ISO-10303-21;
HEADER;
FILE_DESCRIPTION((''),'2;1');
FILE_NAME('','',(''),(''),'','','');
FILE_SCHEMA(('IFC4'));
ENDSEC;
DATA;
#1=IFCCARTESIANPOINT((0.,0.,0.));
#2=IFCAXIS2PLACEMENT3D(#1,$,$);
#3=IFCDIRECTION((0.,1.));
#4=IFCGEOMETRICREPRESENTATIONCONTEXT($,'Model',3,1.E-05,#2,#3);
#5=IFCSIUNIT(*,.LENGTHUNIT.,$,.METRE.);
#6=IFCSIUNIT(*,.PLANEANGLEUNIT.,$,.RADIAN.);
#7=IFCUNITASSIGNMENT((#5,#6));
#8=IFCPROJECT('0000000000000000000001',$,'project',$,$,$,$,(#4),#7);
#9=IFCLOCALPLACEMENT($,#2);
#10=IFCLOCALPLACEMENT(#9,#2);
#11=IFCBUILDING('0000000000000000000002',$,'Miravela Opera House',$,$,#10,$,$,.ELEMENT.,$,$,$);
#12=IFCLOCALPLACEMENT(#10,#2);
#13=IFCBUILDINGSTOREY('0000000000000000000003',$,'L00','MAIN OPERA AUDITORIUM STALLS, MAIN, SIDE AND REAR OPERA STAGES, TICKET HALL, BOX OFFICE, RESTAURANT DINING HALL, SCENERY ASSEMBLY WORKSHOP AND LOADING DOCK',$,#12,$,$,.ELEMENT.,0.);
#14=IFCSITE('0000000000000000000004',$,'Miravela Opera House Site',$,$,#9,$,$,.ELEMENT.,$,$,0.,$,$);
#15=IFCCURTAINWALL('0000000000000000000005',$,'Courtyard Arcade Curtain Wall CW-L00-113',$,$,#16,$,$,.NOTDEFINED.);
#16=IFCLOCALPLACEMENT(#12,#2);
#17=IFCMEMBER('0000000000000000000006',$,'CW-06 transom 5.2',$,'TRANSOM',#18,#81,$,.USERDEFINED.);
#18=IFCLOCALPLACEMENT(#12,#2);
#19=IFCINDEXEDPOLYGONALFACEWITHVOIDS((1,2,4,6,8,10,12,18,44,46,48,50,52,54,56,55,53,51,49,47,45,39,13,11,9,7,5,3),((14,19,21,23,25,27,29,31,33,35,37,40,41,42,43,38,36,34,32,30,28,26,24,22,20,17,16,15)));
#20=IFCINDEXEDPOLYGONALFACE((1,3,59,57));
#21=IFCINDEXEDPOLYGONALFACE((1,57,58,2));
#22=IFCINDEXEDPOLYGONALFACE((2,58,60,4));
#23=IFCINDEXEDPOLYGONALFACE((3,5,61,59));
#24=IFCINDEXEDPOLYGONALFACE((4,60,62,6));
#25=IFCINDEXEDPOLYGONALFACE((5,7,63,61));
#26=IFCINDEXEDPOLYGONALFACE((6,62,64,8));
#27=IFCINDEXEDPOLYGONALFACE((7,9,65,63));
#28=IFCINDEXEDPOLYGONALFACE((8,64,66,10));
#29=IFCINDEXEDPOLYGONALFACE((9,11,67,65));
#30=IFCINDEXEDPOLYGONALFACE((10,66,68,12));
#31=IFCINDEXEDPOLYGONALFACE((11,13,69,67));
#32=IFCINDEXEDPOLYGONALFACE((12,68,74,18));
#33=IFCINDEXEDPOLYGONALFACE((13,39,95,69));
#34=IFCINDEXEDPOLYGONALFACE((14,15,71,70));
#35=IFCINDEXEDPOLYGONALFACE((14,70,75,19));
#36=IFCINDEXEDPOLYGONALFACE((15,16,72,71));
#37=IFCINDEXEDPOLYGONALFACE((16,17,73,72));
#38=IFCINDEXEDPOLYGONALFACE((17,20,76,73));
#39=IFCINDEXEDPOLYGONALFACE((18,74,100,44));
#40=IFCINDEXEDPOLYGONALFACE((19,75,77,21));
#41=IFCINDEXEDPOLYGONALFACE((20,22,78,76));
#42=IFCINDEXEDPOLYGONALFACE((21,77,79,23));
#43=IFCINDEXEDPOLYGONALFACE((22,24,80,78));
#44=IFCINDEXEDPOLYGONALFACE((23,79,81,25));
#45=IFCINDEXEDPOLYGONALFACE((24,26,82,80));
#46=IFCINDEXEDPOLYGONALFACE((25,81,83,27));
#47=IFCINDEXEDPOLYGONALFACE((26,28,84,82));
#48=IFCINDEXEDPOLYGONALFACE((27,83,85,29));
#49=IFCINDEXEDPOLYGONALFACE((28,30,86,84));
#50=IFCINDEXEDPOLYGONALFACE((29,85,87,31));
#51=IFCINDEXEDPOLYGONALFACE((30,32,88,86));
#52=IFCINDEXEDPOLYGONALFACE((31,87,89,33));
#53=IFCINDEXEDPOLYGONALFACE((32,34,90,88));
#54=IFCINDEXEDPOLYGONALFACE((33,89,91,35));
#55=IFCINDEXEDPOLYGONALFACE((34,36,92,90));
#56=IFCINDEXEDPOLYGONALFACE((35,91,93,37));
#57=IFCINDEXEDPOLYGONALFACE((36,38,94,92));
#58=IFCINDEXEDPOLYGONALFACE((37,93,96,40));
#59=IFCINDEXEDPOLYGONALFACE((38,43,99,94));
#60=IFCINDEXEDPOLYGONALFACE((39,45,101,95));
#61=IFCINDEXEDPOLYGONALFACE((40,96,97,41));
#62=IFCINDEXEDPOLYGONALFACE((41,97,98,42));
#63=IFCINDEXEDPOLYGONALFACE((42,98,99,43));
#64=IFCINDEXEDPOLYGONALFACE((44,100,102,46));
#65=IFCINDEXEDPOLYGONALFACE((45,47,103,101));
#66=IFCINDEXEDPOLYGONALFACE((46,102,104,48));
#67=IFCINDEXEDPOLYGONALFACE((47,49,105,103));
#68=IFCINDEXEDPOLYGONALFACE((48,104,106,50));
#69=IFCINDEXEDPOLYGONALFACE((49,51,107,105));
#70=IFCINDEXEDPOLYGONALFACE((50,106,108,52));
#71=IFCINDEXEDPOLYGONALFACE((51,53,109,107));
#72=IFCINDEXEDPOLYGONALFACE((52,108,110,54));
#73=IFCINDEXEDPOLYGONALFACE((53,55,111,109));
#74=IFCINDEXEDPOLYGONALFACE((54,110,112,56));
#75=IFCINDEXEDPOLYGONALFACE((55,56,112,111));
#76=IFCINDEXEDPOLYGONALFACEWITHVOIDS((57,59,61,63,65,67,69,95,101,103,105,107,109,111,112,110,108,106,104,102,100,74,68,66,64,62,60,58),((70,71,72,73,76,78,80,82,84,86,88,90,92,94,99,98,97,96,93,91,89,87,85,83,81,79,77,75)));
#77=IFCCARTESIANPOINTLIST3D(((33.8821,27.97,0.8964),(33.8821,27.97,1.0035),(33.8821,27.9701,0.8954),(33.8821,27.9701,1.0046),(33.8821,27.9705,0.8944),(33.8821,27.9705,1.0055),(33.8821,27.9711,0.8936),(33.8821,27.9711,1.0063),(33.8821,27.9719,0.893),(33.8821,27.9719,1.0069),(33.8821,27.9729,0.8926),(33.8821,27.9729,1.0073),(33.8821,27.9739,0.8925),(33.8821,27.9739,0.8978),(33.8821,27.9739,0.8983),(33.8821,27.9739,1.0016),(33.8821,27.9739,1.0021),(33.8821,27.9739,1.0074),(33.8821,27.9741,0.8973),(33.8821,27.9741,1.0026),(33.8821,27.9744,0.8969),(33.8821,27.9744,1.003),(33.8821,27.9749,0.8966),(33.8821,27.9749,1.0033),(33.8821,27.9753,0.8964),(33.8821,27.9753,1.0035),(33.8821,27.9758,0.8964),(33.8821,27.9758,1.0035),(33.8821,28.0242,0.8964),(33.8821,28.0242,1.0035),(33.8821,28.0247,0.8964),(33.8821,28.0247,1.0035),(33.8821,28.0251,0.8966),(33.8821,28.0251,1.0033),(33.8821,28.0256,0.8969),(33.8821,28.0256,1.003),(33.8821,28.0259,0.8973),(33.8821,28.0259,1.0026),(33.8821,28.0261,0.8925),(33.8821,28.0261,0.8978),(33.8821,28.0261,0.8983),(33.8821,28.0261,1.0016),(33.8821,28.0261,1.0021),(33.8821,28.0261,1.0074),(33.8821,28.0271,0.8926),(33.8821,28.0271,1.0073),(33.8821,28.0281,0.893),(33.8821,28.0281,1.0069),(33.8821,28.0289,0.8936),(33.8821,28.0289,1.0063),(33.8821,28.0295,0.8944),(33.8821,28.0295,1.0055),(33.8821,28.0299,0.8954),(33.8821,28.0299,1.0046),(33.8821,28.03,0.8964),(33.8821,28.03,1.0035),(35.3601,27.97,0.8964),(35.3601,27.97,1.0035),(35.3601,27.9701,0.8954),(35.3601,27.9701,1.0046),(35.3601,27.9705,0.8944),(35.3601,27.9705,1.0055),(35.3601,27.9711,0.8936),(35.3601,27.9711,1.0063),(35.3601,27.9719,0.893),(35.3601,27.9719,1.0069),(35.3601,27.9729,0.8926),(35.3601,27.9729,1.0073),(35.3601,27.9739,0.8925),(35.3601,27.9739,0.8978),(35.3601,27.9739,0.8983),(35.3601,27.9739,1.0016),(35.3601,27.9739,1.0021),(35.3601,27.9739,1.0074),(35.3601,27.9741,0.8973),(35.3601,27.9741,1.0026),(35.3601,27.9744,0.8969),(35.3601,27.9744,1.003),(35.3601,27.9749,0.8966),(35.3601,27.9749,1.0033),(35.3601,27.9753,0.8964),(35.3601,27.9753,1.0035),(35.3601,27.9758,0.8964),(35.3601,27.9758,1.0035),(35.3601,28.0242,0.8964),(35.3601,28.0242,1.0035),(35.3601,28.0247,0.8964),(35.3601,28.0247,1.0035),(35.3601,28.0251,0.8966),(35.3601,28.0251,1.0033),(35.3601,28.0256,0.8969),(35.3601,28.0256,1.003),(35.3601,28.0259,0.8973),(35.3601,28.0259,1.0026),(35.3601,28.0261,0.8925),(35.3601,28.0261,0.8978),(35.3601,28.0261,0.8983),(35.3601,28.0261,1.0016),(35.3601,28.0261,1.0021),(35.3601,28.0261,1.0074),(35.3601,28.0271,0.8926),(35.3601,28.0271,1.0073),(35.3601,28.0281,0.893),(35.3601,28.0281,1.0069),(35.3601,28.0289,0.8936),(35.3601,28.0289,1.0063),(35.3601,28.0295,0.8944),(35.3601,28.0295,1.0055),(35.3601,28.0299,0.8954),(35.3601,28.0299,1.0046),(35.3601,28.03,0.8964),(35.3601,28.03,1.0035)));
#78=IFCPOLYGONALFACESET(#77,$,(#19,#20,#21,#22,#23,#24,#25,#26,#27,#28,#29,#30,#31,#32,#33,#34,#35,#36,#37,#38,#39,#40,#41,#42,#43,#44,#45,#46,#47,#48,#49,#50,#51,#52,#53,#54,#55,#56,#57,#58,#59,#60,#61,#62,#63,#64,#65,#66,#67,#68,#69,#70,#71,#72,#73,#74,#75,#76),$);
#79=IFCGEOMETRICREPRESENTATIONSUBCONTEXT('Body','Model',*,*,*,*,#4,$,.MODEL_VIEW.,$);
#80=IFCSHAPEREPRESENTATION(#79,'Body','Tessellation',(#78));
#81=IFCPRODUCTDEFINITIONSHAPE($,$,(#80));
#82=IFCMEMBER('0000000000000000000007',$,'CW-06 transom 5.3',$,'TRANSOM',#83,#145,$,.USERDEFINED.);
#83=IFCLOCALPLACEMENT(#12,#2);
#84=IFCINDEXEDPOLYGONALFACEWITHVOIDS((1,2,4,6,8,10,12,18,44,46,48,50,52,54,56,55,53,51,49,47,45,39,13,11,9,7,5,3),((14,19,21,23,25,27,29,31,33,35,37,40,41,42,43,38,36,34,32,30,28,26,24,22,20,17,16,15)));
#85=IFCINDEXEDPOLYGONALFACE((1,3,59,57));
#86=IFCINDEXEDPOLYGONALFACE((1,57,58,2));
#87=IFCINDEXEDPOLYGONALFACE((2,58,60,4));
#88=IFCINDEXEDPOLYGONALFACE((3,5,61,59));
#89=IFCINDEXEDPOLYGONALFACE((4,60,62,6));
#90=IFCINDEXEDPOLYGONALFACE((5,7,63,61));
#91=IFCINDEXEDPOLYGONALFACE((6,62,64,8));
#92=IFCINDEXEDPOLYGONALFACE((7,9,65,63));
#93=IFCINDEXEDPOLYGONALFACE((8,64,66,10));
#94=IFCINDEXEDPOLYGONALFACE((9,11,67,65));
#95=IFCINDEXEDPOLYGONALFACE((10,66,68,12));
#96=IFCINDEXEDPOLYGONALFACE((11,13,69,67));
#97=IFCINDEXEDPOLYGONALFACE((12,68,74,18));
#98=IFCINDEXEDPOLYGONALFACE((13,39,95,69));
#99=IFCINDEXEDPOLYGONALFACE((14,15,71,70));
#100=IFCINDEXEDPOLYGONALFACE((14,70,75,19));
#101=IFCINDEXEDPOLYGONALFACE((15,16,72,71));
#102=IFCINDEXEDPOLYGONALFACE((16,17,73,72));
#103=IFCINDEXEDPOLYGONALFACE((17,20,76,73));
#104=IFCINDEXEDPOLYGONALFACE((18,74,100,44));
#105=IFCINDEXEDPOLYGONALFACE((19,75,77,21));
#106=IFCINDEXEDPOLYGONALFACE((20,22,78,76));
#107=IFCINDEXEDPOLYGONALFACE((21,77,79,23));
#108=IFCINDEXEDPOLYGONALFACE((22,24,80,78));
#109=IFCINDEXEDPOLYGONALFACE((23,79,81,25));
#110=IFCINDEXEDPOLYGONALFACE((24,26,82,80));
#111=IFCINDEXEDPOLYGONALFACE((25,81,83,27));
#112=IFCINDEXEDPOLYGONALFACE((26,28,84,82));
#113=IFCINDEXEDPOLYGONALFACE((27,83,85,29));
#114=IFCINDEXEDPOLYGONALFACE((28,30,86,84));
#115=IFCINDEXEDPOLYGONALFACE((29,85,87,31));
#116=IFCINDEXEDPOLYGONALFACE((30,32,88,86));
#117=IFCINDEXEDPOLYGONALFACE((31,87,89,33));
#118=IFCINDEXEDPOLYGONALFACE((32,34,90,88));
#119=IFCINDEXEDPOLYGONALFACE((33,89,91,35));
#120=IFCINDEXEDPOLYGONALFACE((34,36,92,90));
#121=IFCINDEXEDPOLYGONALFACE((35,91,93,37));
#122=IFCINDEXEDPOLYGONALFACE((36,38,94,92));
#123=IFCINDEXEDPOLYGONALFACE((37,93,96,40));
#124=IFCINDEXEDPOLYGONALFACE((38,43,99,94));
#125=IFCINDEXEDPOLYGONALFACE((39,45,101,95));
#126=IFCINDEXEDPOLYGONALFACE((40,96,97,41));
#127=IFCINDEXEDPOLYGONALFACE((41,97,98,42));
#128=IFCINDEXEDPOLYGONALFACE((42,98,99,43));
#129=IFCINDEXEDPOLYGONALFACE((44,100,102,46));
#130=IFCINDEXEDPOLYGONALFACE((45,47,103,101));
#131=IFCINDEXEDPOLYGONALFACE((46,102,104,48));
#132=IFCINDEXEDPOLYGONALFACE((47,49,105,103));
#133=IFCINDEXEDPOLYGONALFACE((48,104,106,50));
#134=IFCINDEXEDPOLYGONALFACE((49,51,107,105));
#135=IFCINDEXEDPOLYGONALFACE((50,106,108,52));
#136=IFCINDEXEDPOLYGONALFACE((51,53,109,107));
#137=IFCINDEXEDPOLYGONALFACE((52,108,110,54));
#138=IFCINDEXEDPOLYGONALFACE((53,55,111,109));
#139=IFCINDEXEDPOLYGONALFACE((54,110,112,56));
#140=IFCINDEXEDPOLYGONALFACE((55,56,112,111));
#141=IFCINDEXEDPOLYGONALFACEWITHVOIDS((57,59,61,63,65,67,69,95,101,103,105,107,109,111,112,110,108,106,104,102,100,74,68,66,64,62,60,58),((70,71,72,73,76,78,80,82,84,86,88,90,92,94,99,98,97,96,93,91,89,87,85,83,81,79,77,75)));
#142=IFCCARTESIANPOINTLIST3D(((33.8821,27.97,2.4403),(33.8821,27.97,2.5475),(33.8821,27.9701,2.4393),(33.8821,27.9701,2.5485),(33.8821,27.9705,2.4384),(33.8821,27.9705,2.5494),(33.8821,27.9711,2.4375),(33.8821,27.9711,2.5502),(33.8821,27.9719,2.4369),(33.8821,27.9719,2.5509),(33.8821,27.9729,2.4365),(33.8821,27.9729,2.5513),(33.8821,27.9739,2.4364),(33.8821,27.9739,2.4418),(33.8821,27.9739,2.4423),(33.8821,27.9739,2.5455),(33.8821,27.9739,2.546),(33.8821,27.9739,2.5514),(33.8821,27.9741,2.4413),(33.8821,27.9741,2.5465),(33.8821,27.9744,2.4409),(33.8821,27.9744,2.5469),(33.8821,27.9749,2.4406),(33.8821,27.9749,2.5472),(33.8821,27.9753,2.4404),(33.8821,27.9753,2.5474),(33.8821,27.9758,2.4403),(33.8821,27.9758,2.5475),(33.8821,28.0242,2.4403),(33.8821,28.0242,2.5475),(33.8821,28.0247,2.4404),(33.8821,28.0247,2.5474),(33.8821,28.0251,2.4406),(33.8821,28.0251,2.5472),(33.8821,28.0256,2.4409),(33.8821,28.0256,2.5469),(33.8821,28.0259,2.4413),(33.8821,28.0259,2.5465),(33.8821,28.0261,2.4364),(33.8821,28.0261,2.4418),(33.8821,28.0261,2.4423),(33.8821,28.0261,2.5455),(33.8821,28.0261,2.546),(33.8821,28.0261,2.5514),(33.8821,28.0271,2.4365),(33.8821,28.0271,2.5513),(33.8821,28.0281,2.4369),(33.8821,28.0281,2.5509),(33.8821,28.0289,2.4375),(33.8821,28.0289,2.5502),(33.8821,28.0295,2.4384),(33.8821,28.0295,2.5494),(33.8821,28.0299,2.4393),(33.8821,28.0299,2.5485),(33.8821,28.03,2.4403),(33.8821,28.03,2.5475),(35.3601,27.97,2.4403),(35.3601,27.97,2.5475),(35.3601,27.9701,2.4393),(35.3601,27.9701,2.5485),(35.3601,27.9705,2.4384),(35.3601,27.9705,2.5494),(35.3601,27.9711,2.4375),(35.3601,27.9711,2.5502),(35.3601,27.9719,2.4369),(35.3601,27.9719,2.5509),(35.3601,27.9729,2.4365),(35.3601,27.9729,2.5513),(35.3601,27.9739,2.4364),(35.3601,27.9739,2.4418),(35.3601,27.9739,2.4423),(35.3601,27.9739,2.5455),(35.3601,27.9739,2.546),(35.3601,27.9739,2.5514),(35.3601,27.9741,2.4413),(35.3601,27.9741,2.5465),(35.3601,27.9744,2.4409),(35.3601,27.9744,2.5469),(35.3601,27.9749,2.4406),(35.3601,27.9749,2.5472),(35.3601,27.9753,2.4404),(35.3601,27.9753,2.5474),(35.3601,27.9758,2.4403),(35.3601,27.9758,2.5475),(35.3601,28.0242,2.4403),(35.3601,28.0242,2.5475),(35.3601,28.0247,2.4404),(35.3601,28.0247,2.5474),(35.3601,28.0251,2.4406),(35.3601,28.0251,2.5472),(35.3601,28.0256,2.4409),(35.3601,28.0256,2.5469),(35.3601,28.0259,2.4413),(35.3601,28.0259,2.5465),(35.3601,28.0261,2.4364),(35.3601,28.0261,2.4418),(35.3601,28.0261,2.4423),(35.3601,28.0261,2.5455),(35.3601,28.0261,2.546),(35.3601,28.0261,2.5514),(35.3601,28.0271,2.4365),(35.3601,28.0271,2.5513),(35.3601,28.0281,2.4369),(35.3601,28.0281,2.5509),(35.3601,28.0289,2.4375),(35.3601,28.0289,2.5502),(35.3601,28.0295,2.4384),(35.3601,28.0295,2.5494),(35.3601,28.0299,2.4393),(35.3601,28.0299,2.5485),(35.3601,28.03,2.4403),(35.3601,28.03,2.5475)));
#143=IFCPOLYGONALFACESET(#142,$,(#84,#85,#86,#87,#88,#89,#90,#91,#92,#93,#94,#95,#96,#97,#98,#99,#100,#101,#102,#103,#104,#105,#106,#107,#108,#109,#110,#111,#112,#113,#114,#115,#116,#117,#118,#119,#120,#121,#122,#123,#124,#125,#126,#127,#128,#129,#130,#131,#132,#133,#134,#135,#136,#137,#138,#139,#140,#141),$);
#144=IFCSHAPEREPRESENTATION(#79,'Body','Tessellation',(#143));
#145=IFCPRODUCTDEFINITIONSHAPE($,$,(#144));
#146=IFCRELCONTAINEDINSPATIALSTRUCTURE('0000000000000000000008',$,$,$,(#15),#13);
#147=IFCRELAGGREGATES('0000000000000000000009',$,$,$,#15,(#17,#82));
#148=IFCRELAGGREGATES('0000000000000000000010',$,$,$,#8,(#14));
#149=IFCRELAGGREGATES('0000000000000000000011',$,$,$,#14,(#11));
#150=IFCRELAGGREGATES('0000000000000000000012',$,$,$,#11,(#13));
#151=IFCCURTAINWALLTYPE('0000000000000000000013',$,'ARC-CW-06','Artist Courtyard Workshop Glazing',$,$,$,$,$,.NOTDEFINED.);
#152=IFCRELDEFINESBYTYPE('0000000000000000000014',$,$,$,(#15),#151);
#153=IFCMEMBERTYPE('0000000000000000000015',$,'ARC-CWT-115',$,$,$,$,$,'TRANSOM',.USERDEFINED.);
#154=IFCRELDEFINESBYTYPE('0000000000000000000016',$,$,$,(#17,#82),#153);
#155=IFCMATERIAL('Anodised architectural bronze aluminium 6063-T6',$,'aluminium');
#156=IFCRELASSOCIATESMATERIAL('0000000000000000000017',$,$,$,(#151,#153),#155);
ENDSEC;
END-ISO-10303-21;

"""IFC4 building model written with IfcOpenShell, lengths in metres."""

from ifc_helpers import new_model, si_unit, direction, frame, origin, origin_2d, place, context, subcontext, project, spatial, hollow_rectangle, extrude, material, material_profile, profile_set, type_object, element, aggregate, save


model = new_model("IFC4")

# Units and contexts
model_context = context("Model", 3, precision=1e-05, world=origin(), true_north=direction((0.0, 1.0)))
body_context = subcontext(model_context, "Body", "Model", "MODEL_VIEW")
ifc_project = project(units=[si_unit("LENGTHUNIT", "METRE"), si_unit("PLANEANGLEUNIT", "RADIAN")], contexts=[model_context])

# Site, building, storey
site_placement = place(None, origin())
site = spatial("IfcSite", under=ifc_project, at=site_placement, Name="Miravela Opera House Site", CompositionType="ELEMENT", RefElevation=0.0)
building_placement = place(site_placement, origin())
building = spatial("IfcBuilding", under=site, at=building_placement, Name="Miravela Opera House", CompositionType="ELEMENT")
storey_placement = place(building_placement, origin())
storey = spatial("IfcBuildingStorey", under=building, at=storey_placement, Name="L00", Description="MAIN OPERA AUDITORIUM STALLS, MAIN, SIDE AND REAR OPERA STAGES, TICKET HALL, BOX OFFICE, RESTAURANT DINING HALL, SCENERY ASSEMBLY WORKSHOP AND LOADING DOCK", CompositionType="ELEMENT", Elevation=0.0)

# Curtain wall, members
ifc_material_1 = material(Name="Anodised architectural bronze aluminium 6063-T6", Category="aluminium")
curtain_wall_type = type_object("IfcCurtainWallType", Name="ARC-CW-06", Description="Artist Courtyard Workshop Glazing", PredefinedType="NOTDEFINED", material=ifc_material_1)
curtain_wall_placement = place(storey_placement, origin())
curtain_wall = element("IfcCurtainWall", 1, at=curtain_wall_placement, inside=storey, type_object=curtain_wall_type, Name="Courtyard Arcade Curtain Wall CW-L00-113", PredefinedType="NOTDEFINED")
ifc_material_profile_1 = material_profile(ifc_material_1, hollow_rectangle(XDim=0.0601, YDim=0.115, WallThickness=0.0039, InnerFilletRadius=0.002, OuterFilletRadius=0.0039, at=origin_2d()), Name="CWT-60X115")
ifc_profile_set_1 = profile_set([ifc_material_profile_1])
member_type_1 = type_object("IfcMemberType", Name="ARC-CWT-115", ElementType="TRANSOM", PredefinedType="USERDEFINED", material=ifc_profile_set_1)
member_1_placement = place(storey_placement, frame((33.8821, 28.0, 0.95), z_axis=(1.0, 0.0, 0.0), x_axis=(0.0, 1.0, 0.0)))
member_1 = element("IfcMember", 2, at=member_1_placement, type_object=member_type_1, Name="CW-06 transom 5.2", ObjectType="TRANSOM", PredefinedType="USERDEFINED", context=body_context, shape_type="SweptSolid", body=[
    extrude(hollow_rectangle(XDim=0.0601, YDim=0.115, WallThickness=0.0039, InnerFilletRadius=0.002, OuterFilletRadius=0.0039, at=origin_2d()), origin(), (0.0, 0.0, 1.0), 1.478),
])
member_2_placement = place(storey_placement, frame((33.8821, 28.0, 2.4939), z_axis=(1.0, 0.0, 0.0), x_axis=(0.0, 1.0, 0.0)))
member_2 = element("IfcMember", 3, at=member_2_placement, type_object=member_type_1, Name="CW-06 transom 5.3", ObjectType="TRANSOM", PredefinedType="USERDEFINED", context=body_context, shape_type="SweptSolid", body=[
    extrude(hollow_rectangle(XDim=0.0601, YDim=0.115, WallThickness=0.0039, InnerFilletRadius=0.002, OuterFilletRadius=0.0039, at=origin_2d()), origin(), (0.0, 0.0, 1.0), 1.478),
])

aggregate(curtain_wall, [member_1, member_2])

save(model, "model.ifc")
